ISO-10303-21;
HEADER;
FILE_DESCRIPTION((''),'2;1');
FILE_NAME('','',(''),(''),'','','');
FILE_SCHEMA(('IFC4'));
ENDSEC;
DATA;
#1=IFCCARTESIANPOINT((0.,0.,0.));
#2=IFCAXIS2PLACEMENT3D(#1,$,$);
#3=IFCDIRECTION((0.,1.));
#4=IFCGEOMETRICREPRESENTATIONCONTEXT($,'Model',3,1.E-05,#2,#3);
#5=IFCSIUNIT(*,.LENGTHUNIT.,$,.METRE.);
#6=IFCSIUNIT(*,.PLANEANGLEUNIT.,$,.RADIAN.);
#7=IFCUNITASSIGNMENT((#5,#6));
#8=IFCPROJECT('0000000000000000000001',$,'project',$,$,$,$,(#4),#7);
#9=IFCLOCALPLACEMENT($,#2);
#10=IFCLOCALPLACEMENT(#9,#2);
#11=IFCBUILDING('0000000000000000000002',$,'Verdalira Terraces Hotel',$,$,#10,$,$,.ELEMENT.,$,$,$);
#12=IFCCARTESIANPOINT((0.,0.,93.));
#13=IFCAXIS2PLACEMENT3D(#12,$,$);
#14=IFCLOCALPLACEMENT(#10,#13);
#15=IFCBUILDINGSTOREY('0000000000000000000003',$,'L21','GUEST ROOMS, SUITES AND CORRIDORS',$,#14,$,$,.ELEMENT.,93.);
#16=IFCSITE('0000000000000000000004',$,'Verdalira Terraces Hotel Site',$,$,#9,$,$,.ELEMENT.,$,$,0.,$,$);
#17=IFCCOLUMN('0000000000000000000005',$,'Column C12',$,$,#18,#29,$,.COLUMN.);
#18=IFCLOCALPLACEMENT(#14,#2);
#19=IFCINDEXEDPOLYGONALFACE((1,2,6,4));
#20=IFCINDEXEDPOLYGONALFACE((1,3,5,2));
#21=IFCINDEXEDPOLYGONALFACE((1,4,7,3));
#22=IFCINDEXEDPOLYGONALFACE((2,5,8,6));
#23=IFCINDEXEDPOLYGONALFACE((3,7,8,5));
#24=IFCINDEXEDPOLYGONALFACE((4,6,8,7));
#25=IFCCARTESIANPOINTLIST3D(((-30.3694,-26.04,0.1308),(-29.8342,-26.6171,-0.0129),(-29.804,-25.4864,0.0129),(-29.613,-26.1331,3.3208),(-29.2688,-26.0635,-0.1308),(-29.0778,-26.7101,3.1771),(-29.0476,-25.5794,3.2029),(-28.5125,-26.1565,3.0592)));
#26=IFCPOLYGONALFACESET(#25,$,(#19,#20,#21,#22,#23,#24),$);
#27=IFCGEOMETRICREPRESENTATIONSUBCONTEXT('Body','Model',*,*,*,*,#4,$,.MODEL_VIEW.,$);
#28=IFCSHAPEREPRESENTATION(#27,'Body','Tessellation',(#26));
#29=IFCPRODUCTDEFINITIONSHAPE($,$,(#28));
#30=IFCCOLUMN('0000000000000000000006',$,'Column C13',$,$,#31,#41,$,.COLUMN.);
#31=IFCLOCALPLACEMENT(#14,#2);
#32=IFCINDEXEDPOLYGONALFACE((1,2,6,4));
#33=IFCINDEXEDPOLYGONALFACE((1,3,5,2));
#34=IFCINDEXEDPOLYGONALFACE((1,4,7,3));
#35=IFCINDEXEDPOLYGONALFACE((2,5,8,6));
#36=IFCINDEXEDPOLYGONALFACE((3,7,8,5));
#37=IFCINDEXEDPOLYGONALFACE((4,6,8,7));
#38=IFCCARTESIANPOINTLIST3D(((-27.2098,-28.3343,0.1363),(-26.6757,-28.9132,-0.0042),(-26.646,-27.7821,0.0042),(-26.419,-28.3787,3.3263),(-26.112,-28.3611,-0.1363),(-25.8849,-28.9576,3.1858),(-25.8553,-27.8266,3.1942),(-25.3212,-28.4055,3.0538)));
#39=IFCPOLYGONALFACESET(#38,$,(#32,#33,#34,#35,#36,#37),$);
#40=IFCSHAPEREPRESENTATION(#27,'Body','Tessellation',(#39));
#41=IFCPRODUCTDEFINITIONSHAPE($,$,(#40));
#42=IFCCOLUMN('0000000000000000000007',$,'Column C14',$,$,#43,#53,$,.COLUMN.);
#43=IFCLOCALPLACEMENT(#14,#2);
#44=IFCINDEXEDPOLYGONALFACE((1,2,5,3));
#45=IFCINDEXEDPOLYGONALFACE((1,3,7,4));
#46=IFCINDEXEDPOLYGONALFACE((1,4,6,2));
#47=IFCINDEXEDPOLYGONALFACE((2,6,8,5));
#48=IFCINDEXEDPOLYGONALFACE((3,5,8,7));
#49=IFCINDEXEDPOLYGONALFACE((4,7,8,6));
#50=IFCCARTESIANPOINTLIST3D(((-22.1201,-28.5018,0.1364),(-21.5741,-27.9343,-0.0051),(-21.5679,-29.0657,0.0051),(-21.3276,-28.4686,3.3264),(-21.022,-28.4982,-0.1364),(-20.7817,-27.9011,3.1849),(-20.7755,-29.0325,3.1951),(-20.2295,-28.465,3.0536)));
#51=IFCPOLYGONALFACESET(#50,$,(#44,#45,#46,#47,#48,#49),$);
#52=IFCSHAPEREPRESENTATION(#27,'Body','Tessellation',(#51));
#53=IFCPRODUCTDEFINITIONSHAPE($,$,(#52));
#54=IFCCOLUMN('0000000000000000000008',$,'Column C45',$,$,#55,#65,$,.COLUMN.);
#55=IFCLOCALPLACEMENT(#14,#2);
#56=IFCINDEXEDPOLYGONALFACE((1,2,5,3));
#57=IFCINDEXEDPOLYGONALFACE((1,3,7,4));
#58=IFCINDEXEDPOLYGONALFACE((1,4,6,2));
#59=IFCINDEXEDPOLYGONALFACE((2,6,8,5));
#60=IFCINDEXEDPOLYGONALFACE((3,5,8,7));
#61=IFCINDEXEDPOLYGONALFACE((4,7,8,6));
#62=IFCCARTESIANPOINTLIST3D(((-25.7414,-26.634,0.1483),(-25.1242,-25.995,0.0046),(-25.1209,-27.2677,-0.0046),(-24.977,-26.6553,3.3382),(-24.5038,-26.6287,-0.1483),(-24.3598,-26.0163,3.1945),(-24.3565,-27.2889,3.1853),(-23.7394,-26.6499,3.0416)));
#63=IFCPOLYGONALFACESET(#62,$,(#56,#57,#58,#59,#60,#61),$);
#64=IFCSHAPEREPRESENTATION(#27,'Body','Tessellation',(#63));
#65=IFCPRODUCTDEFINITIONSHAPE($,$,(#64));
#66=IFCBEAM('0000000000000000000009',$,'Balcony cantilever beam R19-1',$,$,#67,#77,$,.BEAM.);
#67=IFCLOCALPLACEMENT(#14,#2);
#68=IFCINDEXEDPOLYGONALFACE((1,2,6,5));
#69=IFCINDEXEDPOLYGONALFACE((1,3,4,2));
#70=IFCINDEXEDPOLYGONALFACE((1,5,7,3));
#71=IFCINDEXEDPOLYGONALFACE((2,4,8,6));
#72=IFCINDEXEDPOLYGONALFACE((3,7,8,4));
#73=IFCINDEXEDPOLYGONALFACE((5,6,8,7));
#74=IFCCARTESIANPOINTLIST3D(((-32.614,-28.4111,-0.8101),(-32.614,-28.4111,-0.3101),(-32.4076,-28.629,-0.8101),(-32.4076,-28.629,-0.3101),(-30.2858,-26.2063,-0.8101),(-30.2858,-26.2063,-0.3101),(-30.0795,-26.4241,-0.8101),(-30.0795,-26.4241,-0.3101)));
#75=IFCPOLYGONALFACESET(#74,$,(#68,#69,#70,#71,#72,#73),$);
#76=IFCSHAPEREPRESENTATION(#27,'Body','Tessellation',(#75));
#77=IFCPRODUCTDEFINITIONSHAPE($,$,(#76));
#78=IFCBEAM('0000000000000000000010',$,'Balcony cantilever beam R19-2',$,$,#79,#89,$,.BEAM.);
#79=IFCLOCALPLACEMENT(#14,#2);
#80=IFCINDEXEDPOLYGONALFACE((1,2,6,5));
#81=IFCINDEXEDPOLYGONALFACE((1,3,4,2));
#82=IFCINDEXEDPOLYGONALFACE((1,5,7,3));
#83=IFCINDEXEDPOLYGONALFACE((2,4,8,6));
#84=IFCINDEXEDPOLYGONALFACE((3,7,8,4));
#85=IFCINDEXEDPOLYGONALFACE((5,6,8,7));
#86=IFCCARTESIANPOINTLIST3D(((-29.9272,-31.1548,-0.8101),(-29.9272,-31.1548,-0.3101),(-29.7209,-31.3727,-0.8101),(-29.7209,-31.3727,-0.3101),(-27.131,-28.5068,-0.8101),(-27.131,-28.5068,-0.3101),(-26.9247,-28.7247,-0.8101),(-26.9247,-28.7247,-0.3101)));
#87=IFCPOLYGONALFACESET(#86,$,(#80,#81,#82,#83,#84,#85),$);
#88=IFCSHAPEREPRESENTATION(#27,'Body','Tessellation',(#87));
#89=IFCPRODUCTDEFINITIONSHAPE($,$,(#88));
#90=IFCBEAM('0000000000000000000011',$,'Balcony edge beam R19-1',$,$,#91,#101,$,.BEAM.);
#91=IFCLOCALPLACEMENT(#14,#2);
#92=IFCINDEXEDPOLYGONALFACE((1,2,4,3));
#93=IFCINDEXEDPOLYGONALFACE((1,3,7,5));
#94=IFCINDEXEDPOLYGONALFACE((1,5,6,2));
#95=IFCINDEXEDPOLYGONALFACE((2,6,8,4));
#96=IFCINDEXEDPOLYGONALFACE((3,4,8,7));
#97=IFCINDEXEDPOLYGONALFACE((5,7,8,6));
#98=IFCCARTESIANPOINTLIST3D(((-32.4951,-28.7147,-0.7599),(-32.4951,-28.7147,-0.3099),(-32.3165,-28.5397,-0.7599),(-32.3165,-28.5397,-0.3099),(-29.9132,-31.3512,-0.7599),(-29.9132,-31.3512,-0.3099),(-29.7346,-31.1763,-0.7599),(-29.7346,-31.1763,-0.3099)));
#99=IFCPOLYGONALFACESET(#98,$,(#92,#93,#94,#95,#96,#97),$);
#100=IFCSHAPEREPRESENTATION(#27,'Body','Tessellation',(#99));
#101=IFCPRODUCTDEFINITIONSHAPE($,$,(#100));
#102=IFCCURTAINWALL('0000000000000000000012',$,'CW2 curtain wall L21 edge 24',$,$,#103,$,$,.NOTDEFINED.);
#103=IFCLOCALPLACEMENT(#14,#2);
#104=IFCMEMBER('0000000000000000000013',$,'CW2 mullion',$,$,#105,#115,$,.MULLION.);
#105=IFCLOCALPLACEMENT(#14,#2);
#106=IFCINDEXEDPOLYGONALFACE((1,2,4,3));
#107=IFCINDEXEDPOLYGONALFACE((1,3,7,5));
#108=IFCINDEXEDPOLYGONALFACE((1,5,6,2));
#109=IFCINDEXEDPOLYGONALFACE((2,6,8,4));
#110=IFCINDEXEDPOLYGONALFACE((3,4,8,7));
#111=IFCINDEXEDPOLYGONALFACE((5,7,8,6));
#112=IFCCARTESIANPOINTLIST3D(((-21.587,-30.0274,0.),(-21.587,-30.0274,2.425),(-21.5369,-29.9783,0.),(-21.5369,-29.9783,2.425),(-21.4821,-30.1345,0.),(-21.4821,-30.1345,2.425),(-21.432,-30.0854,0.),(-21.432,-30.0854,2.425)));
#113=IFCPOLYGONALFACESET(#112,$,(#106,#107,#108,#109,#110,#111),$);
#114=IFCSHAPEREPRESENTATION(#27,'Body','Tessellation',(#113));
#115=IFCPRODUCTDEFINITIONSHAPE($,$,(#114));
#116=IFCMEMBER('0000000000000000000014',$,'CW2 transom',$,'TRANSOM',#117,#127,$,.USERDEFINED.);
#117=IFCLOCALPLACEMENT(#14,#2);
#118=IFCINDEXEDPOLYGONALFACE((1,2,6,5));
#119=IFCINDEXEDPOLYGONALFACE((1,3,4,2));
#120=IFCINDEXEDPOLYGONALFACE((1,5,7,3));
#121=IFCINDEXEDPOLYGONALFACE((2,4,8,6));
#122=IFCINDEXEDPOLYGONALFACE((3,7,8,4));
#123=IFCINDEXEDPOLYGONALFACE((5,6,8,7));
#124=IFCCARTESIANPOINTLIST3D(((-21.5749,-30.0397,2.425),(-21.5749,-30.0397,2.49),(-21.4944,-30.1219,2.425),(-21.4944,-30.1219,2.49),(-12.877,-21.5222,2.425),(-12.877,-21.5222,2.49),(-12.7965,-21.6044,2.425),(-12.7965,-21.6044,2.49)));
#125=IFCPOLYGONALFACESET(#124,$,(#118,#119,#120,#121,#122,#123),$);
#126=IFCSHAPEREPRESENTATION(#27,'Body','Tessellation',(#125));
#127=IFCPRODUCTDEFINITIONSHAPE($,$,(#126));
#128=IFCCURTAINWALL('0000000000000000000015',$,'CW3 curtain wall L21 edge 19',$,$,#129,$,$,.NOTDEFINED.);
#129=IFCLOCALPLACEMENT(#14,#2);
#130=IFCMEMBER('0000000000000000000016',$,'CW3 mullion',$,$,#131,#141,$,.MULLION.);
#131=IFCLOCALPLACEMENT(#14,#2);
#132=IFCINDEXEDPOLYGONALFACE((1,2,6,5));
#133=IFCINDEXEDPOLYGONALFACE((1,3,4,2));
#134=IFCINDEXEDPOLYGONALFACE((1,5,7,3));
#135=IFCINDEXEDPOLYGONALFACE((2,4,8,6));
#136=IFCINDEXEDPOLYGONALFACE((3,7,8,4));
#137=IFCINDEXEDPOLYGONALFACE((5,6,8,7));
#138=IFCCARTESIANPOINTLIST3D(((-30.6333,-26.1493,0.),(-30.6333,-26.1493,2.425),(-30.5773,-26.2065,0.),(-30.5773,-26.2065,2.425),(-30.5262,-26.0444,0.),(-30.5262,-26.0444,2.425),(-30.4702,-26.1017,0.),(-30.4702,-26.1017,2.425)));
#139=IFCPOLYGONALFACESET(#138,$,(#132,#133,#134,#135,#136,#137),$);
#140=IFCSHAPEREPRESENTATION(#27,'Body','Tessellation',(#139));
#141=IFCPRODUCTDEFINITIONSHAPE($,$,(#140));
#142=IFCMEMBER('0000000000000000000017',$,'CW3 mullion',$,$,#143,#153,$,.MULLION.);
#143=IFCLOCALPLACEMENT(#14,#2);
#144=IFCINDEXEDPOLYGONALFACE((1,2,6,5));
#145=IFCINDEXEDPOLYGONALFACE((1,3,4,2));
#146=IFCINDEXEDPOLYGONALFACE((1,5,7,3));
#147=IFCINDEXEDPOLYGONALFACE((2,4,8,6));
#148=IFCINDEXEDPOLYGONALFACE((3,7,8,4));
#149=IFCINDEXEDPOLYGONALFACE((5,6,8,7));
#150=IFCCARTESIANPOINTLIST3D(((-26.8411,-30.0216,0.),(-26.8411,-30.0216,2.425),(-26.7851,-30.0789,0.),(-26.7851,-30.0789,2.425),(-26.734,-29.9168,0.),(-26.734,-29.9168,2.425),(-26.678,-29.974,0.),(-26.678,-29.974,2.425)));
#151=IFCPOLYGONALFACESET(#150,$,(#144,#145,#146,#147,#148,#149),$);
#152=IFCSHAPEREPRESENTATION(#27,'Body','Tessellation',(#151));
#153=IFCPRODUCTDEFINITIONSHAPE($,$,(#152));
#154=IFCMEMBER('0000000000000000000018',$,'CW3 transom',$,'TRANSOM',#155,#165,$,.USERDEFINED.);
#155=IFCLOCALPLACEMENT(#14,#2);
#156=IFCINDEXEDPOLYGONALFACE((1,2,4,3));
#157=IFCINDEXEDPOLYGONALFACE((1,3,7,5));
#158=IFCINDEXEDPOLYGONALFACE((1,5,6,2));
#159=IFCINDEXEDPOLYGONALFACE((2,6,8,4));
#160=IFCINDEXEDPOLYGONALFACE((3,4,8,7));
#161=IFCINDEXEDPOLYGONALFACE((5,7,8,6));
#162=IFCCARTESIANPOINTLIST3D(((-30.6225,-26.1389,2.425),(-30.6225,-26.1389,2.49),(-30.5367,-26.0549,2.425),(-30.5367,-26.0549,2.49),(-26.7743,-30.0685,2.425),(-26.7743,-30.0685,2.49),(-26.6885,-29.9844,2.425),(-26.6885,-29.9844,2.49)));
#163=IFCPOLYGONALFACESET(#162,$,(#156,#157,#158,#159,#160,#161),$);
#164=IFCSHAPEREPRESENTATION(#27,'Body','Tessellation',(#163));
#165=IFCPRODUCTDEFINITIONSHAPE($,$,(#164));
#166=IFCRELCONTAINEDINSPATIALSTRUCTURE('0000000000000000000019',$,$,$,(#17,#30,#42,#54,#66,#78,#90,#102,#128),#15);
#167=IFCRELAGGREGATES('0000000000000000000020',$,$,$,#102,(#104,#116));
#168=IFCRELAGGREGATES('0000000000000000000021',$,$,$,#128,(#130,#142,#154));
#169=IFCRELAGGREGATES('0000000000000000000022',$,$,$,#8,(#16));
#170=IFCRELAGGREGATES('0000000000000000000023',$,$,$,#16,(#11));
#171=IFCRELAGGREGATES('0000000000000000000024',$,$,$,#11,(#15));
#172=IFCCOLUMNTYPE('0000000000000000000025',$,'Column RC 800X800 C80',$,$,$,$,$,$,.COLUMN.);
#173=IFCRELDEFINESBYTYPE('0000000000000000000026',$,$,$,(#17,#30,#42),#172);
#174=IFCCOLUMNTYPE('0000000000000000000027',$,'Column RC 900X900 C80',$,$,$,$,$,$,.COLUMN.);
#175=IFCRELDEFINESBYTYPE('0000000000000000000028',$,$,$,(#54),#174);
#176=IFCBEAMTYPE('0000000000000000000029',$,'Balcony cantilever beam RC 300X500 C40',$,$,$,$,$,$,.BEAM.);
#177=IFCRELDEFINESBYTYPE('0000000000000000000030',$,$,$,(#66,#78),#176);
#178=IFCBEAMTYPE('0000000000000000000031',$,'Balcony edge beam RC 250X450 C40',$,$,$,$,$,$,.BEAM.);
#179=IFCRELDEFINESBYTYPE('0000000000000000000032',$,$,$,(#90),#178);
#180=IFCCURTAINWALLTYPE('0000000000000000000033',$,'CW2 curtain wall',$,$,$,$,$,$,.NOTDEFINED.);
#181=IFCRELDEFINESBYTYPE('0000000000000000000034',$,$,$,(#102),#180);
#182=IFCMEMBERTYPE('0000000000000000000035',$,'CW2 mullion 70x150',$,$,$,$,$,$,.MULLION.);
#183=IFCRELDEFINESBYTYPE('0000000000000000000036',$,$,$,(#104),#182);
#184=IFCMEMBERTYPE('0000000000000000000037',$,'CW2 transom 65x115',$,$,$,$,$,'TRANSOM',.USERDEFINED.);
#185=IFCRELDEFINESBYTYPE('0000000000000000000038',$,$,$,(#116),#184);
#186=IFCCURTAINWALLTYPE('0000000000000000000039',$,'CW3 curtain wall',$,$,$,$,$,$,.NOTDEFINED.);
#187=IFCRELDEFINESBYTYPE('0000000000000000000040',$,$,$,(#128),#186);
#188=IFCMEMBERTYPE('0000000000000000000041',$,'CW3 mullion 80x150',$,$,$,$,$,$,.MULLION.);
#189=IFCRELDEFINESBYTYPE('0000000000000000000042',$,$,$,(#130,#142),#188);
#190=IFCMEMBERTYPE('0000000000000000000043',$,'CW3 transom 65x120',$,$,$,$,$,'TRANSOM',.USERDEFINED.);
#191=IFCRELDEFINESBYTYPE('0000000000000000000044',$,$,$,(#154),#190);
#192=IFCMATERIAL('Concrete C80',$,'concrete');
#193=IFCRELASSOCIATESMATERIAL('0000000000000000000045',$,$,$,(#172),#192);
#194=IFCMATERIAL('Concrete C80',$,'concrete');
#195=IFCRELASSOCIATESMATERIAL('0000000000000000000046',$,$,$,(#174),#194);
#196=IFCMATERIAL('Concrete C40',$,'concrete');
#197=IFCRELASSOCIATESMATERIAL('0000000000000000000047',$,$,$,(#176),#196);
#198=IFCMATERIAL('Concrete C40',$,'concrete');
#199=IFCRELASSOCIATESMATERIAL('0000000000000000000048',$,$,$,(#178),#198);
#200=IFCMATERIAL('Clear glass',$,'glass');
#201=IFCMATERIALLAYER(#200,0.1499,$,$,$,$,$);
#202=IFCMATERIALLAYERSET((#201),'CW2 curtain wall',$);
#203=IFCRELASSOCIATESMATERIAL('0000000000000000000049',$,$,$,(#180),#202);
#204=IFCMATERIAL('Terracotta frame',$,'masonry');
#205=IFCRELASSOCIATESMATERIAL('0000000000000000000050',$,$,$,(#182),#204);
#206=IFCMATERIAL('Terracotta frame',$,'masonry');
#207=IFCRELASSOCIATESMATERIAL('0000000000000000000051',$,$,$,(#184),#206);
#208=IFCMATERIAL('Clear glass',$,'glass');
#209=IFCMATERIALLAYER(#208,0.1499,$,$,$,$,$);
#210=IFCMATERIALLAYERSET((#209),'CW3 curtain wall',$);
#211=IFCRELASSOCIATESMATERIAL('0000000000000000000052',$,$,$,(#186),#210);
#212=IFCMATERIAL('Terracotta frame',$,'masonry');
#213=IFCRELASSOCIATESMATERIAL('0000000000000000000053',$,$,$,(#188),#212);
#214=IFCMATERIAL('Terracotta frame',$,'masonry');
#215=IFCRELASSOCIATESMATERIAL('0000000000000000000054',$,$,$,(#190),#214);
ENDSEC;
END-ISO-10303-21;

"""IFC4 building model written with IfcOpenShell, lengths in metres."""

from ifc_helpers import new_model, si_unit, direction, frame, origin, origin_2d, place, context, subcontext, project, spatial, rectangle, extrude, material, layer, layer_set, material_profile, profile_set, type_object, element, aggregate, save


model = new_model("IFC4")

# Units and contexts
model_context = context("Model", 3, precision=1e-05, world=origin(), true_north=direction((0.0, 1.0)))
body_context = subcontext(model_context, "Body", "Model", "MODEL_VIEW")
ifc_project = project(units=[si_unit("LENGTHUNIT", "METRE"), si_unit("PLANEANGLEUNIT", "RADIAN")], contexts=[model_context])

# Site, building, storey
site_placement = place(None, origin())
site = spatial("IfcSite", under=ifc_project, at=site_placement, Name="Verdalira Terraces Hotel Site", CompositionType="ELEMENT", RefElevation=0.0)
building_placement = place(site_placement, origin())
building = spatial("IfcBuilding", under=site, at=building_placement, Name="Verdalira Terraces Hotel", CompositionType="ELEMENT")
storey_placement = place(building_placement, frame((0.0, 0.0, 93.0)))
storey = spatial("IfcBuildingStorey", under=building, at=storey_placement, Name="L21", Description="GUEST ROOMS, SUITES AND CORRIDORS", CompositionType="ELEMENT", Elevation=93.0)

# Columns
ifc_material_1 = material(Name="Concrete C80", Category="concrete")
ifc_material_profile_1 = material_profile(ifc_material_1, rectangle(XDim=0.8, YDim=0.8, at=origin_2d()), Name="RC 800X800")
ifc_profile_set_1 = profile_set([ifc_material_profile_1], Name="Concrete C80")
column_type_1 = type_object("IfcColumnType", Name="Column RC 800X800 C80", PredefinedType="COLUMN", material=ifc_profile_set_1)
column_1_placement = place(storey_placement, frame((-29.8191, -26.0518, 0.0), z_axis=(0.230615, -0.028362, 0.972632), x_axis=(0.668904, -0.721318, -0.179633)))
element("IfcColumn", 1, at=column_1_placement, inside=storey, type_object=column_type_1, Name="Column C12", PredefinedType="COLUMN", context=body_context, shape_type="SweptSolid", body=[
    extrude(rectangle(XDim=0.8, YDim=0.8, at=origin_2d()), origin(), (0.0, 0.0, 1.0), 3.2798),
])
column_2_placement = place(storey_placement, frame((-26.6609, -28.3477, 0.0), z_axis=(0.24059, -0.013519, 0.970533), x_axis=(0.667529, -0.723592, -0.175556)))
element("IfcColumn", 2, at=column_2_placement, inside=storey, type_object=column_type_1, Name="Column C13", PredefinedType="COLUMN", context=body_context, shape_type="SweptSolid", body=[
    extrude(rectangle(XDim=0.8, YDim=0.8, at=origin_2d()), origin(), (0.0, 0.0, 1.0), 3.2869),
])
column_3_placement = place(storey_placement, frame((-21.571, -28.5, 0.0), z_axis=(0.24109, 0.010101, 0.97045), x_axis=(0.682358, 0.70929, -0.176902)))
element("IfcColumn", 3, at=column_3_placement, inside=storey, type_object=column_type_1, Name="Column C14", PredefinedType="COLUMN", context=body_context, shape_type="SweptSolid", body=[
    extrude(rectangle(XDim=0.8, YDim=0.8, at=origin_2d()), origin(), (0.0, 0.0, 1.0), 3.2871),
])
ifc_material_2 = material(Name="Concrete C80", Category="concrete")
ifc_material_profile_2 = material_profile(ifc_material_2, rectangle(XDim=0.8999, YDim=0.8999, at=origin_2d()), Name="RC 900X900")
ifc_profile_set_2 = profile_set([ifc_material_profile_2], Name="Concrete C80")
column_type_2 = type_object("IfcColumnType", Name="Column RC 900X900 C80", PredefinedType="COLUMN", material=ifc_profile_set_2)
column_4_placement = place(storey_placement, frame((-25.1226, -26.6313, 0.0), z_axis=(0.233027, -0.006475, 0.972449), x_axis=(-0.685821, -0.710051, 0.159615)))
element("IfcColumn", 4, at=column_4_placement, inside=storey, type_object=column_type_2, Name="Column C45", PredefinedType="COLUMN", context=body_context, shape_type="SweptSolid", body=[
    extrude(rectangle(XDim=0.8999, YDim=0.8999, at=origin_2d()), origin(), (0.0, 0.0, 1.0), 3.2803),
])

# Beams
ifc_material_3 = material(Name="Concrete C40", Category="concrete")
ifc_material_profile_3 = material_profile(ifc_material_3, rectangle(XDim=0.3, YDim=0.5, at=origin_2d()), Name="RC 300X500")
ifc_profile_set_3 = profile_set([ifc_material_profile_3], Name="Concrete C40")
beam_type_1 = type_object("IfcBeamType", Name="Balcony cantilever beam RC 300X500 C40", PredefinedType="BEAM", material=ifc_profile_set_3)
beam_1_placement = place(storey_placement, frame((-30.1826, -26.3152, -0.5601), z_axis=(-0.726071, -0.68762, 0.0), x_axis=(0.68762, -0.726071, 0.0)))
element("IfcBeam", 5, at=beam_1_placement, inside=storey, type_object=beam_type_1, Name="Balcony cantilever beam R19-1", PredefinedType="BEAM", context=body_context, shape_type="SweptSolid", body=[
    extrude(rectangle(XDim=0.3, YDim=0.5, at=origin_2d()), origin(), (0.0, 0.0, 1.0), 3.2065),
])
beam_2_placement = place(storey_placement, frame((-27.0278, -28.6157, -0.5601), z_axis=(-0.726086, -0.687604, 0.0), x_axis=(0.687604, -0.726086, 0.0)))
element("IfcBeam", 6, at=beam_2_placement, inside=storey, type_object=beam_type_1, Name="Balcony cantilever beam R19-2", PredefinedType="BEAM", context=body_context, shape_type="SweptSolid", body=[
    extrude(rectangle(XDim=0.3, YDim=0.5, at=origin_2d()), origin(), (0.0, 0.0, 1.0), 3.8511),
])
ifc_material_4 = material(Name="Concrete C40", Category="concrete")
ifc_material_profile_4 = material_profile(ifc_material_4, rectangle(XDim=0.25, YDim=0.45, at=origin_2d()), Name="RC 250X450")
ifc_profile_set_4 = profile_set([ifc_material_profile_4], Name="Concrete C40")
beam_type_2 = type_object("IfcBeamType", Name="Balcony edge beam RC 250X450 C40", PredefinedType="BEAM", material=ifc_profile_set_4)
beam_3_placement = place(storey_placement, frame((-32.4058, -28.6272, -0.5349), z_axis=(0.699658, -0.714478, 0.0), x_axis=(0.714478, 0.699658, 0.0)))
element("IfcBeam", 7, at=beam_3_placement, inside=storey, type_object=beam_type_2, Name="Balcony edge beam R19-1", PredefinedType="BEAM", context=body_context, shape_type="SweptSolid", body=[
    extrude(rectangle(XDim=0.25, YDim=0.45, at=origin_2d()), origin(), (0.0, 0.0, 1.0), 3.6902),
])

# Curtain walls, members
ifc_material_5 = material(Name="Clear glass", Category="glass")
ifc_layer_1 = layer(ifc_material_5, 0.1499)
ifc_layer_set_1 = layer_set([ifc_layer_1], Name="CW2 curtain wall")
curtain_wall_type_1 = type_object("IfcCurtainWallType", Name="CW2 curtain wall", PredefinedType="NOTDEFINED", material=ifc_layer_set_1)
curtain_wall_1_placement = place(storey_placement, origin())
curtain_wall_1 = element("IfcCurtainWall", 8, at=curtain_wall_1_placement, inside=storey, type_object=curtain_wall_type_1, Name="CW2 curtain wall L21 edge 24", PredefinedType="NOTDEFINED")
ifc_material_6 = material(Name="Terracotta frame", Category="masonry")
ifc_material_profile_5 = material_profile(ifc_material_6, rectangle(XDim=0.0701, YDim=0.1499, at=origin_2d()), Name="MU 70x150")
ifc_profile_set_5 = profile_set([ifc_material_profile_5], Name="Terracotta frame")
member_type_1 = type_object("IfcMemberType", Name="CW2 mullion 70x150", PredefinedType="MULLION", material=ifc_profile_set_5)
member_1_placement = place(storey_placement, frame((-21.5095, -30.0564, 0.0), z_axis=(0.0, 0.0, 1.0), x_axis=(0.714473, 0.699663, 0.0)))
member_1 = element("IfcMember", 9, at=member_1_placement, type_object=member_type_1, Name="CW2 mullion", PredefinedType="MULLION", context=body_context, shape_type="SweptSolid", body=[
    extrude(rectangle(XDim=0.0701, YDim=0.1499, at=origin_2d()), origin(), (0.0, 0.0, 1.0), 2.425),
])
ifc_material_7 = material(Name="Terracotta frame", Category="masonry")
ifc_material_profile_6 = material_profile(ifc_material_7, rectangle(XDim=0.115, YDim=0.0649, at=origin_2d()), Name="TR 65x115")
ifc_profile_set_6 = profile_set([ifc_material_profile_6], Name="Terracotta frame")
member_type_2 = type_object("IfcMemberType", Name="CW2 transom 65x115", ElementType="TRANSOM", PredefinedType="USERDEFINED", material=ifc_profile_set_6)
member_2_placement = place(storey_placement, frame((-21.5347, -30.0808, 2.4575), z_axis=(0.714478, 0.699658, 0.0), x_axis=(-0.699658, 0.714478, 0.0)))
member_2 = element("IfcMember", 10, at=member_2_placement, type_object=member_type_2, Name="CW2 transom", ObjectType="TRANSOM", PredefinedType="USERDEFINED", context=body_context, shape_type="SweptSolid", body=[
    extrude(rectangle(XDim=0.115, YDim=0.0649, at=origin_2d()), origin(), (0.0, 0.0, 1.0), 12.1738),
])
aggregate(curtain_wall_1, [member_1, member_2])
ifc_material_8 = material(Name="Clear glass", Category="glass")
ifc_layer_2 = layer(ifc_material_8, 0.1499)
ifc_layer_set_2 = layer_set([ifc_layer_2], Name="CW3 curtain wall")
curtain_wall_type_2 = type_object("IfcCurtainWallType", Name="CW3 curtain wall", PredefinedType="NOTDEFINED", material=ifc_layer_set_2)
curtain_wall_2_placement = place(storey_placement, origin())
curtain_wall_2 = element("IfcCurtainWall", 11, at=curtain_wall_2_placement, inside=storey, type_object=curtain_wall_type_2, Name="CW3 curtain wall L21 edge 19", PredefinedType="NOTDEFINED")
ifc_material_9 = material(Name="Terracotta frame", Category="masonry")
ifc_material_profile_7 = material_profile(ifc_material_9, rectangle(XDim=0.0801, YDim=0.1499, at=origin_2d()), Name="MU 80x150")
ifc_profile_set_7 = profile_set([ifc_material_profile_7], Name="Terracotta frame")
member_type_3 = type_object("IfcMemberType", Name="CW3 mullion 80x150", PredefinedType="MULLION", material=ifc_profile_set_7)
member_3_placement = place(storey_placement, frame((-30.5518, -26.1255, 0.0), z_axis=(0.0, 0.0, 1.0), x_axis=(0.699663, -0.714473, 0.0)))
member_3 = element("IfcMember", 12, at=member_3_placement, type_object=member_type_3, Name="CW3 mullion", PredefinedType="MULLION", context=body_context, shape_type="SweptSolid", body=[
    extrude(rectangle(XDim=0.0801, YDim=0.1499, at=origin_2d()), origin(), (0.0, 0.0, 1.0), 2.425),
])
member_4_placement = place(storey_placement, frame((-26.7595, -29.9978, 0.0), z_axis=(0.0, 0.0, 1.0), x_axis=(0.699663, -0.714473, 0.0)))
member_4 = element("IfcMember", 13, at=member_4_placement, type_object=member_type_3, Name="CW3 mullion", PredefinedType="MULLION", context=body_context, shape_type="SweptSolid", body=[
    extrude(rectangle(XDim=0.0801, YDim=0.1499, at=origin_2d()), origin(), (0.0, 0.0, 1.0), 2.425),
])
ifc_material_10 = material(Name="Terracotta frame", Category="masonry")
ifc_material_profile_8 = material_profile(ifc_material_10, rectangle(XDim=0.1201, YDim=0.0649, at=origin_2d()), Name="TR 65x120")
ifc_profile_set_8 = profile_set([ifc_material_profile_8], Name="Terracotta frame")
member_type_4 = type_object("IfcMemberType", Name="CW3 transom 65x120", ElementType="TRANSOM", PredefinedType="USERDEFINED", material=ifc_profile_set_8)
member_5_placement = place(storey_placement, frame((-30.5796, -26.0969, 2.4575), z_axis=(0.699677, -0.714459, 0.0), x_axis=(0.714459, 0.699677, 0.0)))
member_5 = element("IfcMember", 14, at=member_5_placement, type_object=member_type_4, Name="CW3 transom", ObjectType="TRANSOM", PredefinedType="USERDEFINED", context=body_context, shape_type="SweptSolid", body=[
    extrude(rectangle(XDim=0.1201, YDim=0.0649, at=origin_2d()), origin(), (0.0, 0.0, 1.0), 5.5),
])

aggregate(curtain_wall_2, [member_3, member_4, member_5])

save(model, "model.ifc")
